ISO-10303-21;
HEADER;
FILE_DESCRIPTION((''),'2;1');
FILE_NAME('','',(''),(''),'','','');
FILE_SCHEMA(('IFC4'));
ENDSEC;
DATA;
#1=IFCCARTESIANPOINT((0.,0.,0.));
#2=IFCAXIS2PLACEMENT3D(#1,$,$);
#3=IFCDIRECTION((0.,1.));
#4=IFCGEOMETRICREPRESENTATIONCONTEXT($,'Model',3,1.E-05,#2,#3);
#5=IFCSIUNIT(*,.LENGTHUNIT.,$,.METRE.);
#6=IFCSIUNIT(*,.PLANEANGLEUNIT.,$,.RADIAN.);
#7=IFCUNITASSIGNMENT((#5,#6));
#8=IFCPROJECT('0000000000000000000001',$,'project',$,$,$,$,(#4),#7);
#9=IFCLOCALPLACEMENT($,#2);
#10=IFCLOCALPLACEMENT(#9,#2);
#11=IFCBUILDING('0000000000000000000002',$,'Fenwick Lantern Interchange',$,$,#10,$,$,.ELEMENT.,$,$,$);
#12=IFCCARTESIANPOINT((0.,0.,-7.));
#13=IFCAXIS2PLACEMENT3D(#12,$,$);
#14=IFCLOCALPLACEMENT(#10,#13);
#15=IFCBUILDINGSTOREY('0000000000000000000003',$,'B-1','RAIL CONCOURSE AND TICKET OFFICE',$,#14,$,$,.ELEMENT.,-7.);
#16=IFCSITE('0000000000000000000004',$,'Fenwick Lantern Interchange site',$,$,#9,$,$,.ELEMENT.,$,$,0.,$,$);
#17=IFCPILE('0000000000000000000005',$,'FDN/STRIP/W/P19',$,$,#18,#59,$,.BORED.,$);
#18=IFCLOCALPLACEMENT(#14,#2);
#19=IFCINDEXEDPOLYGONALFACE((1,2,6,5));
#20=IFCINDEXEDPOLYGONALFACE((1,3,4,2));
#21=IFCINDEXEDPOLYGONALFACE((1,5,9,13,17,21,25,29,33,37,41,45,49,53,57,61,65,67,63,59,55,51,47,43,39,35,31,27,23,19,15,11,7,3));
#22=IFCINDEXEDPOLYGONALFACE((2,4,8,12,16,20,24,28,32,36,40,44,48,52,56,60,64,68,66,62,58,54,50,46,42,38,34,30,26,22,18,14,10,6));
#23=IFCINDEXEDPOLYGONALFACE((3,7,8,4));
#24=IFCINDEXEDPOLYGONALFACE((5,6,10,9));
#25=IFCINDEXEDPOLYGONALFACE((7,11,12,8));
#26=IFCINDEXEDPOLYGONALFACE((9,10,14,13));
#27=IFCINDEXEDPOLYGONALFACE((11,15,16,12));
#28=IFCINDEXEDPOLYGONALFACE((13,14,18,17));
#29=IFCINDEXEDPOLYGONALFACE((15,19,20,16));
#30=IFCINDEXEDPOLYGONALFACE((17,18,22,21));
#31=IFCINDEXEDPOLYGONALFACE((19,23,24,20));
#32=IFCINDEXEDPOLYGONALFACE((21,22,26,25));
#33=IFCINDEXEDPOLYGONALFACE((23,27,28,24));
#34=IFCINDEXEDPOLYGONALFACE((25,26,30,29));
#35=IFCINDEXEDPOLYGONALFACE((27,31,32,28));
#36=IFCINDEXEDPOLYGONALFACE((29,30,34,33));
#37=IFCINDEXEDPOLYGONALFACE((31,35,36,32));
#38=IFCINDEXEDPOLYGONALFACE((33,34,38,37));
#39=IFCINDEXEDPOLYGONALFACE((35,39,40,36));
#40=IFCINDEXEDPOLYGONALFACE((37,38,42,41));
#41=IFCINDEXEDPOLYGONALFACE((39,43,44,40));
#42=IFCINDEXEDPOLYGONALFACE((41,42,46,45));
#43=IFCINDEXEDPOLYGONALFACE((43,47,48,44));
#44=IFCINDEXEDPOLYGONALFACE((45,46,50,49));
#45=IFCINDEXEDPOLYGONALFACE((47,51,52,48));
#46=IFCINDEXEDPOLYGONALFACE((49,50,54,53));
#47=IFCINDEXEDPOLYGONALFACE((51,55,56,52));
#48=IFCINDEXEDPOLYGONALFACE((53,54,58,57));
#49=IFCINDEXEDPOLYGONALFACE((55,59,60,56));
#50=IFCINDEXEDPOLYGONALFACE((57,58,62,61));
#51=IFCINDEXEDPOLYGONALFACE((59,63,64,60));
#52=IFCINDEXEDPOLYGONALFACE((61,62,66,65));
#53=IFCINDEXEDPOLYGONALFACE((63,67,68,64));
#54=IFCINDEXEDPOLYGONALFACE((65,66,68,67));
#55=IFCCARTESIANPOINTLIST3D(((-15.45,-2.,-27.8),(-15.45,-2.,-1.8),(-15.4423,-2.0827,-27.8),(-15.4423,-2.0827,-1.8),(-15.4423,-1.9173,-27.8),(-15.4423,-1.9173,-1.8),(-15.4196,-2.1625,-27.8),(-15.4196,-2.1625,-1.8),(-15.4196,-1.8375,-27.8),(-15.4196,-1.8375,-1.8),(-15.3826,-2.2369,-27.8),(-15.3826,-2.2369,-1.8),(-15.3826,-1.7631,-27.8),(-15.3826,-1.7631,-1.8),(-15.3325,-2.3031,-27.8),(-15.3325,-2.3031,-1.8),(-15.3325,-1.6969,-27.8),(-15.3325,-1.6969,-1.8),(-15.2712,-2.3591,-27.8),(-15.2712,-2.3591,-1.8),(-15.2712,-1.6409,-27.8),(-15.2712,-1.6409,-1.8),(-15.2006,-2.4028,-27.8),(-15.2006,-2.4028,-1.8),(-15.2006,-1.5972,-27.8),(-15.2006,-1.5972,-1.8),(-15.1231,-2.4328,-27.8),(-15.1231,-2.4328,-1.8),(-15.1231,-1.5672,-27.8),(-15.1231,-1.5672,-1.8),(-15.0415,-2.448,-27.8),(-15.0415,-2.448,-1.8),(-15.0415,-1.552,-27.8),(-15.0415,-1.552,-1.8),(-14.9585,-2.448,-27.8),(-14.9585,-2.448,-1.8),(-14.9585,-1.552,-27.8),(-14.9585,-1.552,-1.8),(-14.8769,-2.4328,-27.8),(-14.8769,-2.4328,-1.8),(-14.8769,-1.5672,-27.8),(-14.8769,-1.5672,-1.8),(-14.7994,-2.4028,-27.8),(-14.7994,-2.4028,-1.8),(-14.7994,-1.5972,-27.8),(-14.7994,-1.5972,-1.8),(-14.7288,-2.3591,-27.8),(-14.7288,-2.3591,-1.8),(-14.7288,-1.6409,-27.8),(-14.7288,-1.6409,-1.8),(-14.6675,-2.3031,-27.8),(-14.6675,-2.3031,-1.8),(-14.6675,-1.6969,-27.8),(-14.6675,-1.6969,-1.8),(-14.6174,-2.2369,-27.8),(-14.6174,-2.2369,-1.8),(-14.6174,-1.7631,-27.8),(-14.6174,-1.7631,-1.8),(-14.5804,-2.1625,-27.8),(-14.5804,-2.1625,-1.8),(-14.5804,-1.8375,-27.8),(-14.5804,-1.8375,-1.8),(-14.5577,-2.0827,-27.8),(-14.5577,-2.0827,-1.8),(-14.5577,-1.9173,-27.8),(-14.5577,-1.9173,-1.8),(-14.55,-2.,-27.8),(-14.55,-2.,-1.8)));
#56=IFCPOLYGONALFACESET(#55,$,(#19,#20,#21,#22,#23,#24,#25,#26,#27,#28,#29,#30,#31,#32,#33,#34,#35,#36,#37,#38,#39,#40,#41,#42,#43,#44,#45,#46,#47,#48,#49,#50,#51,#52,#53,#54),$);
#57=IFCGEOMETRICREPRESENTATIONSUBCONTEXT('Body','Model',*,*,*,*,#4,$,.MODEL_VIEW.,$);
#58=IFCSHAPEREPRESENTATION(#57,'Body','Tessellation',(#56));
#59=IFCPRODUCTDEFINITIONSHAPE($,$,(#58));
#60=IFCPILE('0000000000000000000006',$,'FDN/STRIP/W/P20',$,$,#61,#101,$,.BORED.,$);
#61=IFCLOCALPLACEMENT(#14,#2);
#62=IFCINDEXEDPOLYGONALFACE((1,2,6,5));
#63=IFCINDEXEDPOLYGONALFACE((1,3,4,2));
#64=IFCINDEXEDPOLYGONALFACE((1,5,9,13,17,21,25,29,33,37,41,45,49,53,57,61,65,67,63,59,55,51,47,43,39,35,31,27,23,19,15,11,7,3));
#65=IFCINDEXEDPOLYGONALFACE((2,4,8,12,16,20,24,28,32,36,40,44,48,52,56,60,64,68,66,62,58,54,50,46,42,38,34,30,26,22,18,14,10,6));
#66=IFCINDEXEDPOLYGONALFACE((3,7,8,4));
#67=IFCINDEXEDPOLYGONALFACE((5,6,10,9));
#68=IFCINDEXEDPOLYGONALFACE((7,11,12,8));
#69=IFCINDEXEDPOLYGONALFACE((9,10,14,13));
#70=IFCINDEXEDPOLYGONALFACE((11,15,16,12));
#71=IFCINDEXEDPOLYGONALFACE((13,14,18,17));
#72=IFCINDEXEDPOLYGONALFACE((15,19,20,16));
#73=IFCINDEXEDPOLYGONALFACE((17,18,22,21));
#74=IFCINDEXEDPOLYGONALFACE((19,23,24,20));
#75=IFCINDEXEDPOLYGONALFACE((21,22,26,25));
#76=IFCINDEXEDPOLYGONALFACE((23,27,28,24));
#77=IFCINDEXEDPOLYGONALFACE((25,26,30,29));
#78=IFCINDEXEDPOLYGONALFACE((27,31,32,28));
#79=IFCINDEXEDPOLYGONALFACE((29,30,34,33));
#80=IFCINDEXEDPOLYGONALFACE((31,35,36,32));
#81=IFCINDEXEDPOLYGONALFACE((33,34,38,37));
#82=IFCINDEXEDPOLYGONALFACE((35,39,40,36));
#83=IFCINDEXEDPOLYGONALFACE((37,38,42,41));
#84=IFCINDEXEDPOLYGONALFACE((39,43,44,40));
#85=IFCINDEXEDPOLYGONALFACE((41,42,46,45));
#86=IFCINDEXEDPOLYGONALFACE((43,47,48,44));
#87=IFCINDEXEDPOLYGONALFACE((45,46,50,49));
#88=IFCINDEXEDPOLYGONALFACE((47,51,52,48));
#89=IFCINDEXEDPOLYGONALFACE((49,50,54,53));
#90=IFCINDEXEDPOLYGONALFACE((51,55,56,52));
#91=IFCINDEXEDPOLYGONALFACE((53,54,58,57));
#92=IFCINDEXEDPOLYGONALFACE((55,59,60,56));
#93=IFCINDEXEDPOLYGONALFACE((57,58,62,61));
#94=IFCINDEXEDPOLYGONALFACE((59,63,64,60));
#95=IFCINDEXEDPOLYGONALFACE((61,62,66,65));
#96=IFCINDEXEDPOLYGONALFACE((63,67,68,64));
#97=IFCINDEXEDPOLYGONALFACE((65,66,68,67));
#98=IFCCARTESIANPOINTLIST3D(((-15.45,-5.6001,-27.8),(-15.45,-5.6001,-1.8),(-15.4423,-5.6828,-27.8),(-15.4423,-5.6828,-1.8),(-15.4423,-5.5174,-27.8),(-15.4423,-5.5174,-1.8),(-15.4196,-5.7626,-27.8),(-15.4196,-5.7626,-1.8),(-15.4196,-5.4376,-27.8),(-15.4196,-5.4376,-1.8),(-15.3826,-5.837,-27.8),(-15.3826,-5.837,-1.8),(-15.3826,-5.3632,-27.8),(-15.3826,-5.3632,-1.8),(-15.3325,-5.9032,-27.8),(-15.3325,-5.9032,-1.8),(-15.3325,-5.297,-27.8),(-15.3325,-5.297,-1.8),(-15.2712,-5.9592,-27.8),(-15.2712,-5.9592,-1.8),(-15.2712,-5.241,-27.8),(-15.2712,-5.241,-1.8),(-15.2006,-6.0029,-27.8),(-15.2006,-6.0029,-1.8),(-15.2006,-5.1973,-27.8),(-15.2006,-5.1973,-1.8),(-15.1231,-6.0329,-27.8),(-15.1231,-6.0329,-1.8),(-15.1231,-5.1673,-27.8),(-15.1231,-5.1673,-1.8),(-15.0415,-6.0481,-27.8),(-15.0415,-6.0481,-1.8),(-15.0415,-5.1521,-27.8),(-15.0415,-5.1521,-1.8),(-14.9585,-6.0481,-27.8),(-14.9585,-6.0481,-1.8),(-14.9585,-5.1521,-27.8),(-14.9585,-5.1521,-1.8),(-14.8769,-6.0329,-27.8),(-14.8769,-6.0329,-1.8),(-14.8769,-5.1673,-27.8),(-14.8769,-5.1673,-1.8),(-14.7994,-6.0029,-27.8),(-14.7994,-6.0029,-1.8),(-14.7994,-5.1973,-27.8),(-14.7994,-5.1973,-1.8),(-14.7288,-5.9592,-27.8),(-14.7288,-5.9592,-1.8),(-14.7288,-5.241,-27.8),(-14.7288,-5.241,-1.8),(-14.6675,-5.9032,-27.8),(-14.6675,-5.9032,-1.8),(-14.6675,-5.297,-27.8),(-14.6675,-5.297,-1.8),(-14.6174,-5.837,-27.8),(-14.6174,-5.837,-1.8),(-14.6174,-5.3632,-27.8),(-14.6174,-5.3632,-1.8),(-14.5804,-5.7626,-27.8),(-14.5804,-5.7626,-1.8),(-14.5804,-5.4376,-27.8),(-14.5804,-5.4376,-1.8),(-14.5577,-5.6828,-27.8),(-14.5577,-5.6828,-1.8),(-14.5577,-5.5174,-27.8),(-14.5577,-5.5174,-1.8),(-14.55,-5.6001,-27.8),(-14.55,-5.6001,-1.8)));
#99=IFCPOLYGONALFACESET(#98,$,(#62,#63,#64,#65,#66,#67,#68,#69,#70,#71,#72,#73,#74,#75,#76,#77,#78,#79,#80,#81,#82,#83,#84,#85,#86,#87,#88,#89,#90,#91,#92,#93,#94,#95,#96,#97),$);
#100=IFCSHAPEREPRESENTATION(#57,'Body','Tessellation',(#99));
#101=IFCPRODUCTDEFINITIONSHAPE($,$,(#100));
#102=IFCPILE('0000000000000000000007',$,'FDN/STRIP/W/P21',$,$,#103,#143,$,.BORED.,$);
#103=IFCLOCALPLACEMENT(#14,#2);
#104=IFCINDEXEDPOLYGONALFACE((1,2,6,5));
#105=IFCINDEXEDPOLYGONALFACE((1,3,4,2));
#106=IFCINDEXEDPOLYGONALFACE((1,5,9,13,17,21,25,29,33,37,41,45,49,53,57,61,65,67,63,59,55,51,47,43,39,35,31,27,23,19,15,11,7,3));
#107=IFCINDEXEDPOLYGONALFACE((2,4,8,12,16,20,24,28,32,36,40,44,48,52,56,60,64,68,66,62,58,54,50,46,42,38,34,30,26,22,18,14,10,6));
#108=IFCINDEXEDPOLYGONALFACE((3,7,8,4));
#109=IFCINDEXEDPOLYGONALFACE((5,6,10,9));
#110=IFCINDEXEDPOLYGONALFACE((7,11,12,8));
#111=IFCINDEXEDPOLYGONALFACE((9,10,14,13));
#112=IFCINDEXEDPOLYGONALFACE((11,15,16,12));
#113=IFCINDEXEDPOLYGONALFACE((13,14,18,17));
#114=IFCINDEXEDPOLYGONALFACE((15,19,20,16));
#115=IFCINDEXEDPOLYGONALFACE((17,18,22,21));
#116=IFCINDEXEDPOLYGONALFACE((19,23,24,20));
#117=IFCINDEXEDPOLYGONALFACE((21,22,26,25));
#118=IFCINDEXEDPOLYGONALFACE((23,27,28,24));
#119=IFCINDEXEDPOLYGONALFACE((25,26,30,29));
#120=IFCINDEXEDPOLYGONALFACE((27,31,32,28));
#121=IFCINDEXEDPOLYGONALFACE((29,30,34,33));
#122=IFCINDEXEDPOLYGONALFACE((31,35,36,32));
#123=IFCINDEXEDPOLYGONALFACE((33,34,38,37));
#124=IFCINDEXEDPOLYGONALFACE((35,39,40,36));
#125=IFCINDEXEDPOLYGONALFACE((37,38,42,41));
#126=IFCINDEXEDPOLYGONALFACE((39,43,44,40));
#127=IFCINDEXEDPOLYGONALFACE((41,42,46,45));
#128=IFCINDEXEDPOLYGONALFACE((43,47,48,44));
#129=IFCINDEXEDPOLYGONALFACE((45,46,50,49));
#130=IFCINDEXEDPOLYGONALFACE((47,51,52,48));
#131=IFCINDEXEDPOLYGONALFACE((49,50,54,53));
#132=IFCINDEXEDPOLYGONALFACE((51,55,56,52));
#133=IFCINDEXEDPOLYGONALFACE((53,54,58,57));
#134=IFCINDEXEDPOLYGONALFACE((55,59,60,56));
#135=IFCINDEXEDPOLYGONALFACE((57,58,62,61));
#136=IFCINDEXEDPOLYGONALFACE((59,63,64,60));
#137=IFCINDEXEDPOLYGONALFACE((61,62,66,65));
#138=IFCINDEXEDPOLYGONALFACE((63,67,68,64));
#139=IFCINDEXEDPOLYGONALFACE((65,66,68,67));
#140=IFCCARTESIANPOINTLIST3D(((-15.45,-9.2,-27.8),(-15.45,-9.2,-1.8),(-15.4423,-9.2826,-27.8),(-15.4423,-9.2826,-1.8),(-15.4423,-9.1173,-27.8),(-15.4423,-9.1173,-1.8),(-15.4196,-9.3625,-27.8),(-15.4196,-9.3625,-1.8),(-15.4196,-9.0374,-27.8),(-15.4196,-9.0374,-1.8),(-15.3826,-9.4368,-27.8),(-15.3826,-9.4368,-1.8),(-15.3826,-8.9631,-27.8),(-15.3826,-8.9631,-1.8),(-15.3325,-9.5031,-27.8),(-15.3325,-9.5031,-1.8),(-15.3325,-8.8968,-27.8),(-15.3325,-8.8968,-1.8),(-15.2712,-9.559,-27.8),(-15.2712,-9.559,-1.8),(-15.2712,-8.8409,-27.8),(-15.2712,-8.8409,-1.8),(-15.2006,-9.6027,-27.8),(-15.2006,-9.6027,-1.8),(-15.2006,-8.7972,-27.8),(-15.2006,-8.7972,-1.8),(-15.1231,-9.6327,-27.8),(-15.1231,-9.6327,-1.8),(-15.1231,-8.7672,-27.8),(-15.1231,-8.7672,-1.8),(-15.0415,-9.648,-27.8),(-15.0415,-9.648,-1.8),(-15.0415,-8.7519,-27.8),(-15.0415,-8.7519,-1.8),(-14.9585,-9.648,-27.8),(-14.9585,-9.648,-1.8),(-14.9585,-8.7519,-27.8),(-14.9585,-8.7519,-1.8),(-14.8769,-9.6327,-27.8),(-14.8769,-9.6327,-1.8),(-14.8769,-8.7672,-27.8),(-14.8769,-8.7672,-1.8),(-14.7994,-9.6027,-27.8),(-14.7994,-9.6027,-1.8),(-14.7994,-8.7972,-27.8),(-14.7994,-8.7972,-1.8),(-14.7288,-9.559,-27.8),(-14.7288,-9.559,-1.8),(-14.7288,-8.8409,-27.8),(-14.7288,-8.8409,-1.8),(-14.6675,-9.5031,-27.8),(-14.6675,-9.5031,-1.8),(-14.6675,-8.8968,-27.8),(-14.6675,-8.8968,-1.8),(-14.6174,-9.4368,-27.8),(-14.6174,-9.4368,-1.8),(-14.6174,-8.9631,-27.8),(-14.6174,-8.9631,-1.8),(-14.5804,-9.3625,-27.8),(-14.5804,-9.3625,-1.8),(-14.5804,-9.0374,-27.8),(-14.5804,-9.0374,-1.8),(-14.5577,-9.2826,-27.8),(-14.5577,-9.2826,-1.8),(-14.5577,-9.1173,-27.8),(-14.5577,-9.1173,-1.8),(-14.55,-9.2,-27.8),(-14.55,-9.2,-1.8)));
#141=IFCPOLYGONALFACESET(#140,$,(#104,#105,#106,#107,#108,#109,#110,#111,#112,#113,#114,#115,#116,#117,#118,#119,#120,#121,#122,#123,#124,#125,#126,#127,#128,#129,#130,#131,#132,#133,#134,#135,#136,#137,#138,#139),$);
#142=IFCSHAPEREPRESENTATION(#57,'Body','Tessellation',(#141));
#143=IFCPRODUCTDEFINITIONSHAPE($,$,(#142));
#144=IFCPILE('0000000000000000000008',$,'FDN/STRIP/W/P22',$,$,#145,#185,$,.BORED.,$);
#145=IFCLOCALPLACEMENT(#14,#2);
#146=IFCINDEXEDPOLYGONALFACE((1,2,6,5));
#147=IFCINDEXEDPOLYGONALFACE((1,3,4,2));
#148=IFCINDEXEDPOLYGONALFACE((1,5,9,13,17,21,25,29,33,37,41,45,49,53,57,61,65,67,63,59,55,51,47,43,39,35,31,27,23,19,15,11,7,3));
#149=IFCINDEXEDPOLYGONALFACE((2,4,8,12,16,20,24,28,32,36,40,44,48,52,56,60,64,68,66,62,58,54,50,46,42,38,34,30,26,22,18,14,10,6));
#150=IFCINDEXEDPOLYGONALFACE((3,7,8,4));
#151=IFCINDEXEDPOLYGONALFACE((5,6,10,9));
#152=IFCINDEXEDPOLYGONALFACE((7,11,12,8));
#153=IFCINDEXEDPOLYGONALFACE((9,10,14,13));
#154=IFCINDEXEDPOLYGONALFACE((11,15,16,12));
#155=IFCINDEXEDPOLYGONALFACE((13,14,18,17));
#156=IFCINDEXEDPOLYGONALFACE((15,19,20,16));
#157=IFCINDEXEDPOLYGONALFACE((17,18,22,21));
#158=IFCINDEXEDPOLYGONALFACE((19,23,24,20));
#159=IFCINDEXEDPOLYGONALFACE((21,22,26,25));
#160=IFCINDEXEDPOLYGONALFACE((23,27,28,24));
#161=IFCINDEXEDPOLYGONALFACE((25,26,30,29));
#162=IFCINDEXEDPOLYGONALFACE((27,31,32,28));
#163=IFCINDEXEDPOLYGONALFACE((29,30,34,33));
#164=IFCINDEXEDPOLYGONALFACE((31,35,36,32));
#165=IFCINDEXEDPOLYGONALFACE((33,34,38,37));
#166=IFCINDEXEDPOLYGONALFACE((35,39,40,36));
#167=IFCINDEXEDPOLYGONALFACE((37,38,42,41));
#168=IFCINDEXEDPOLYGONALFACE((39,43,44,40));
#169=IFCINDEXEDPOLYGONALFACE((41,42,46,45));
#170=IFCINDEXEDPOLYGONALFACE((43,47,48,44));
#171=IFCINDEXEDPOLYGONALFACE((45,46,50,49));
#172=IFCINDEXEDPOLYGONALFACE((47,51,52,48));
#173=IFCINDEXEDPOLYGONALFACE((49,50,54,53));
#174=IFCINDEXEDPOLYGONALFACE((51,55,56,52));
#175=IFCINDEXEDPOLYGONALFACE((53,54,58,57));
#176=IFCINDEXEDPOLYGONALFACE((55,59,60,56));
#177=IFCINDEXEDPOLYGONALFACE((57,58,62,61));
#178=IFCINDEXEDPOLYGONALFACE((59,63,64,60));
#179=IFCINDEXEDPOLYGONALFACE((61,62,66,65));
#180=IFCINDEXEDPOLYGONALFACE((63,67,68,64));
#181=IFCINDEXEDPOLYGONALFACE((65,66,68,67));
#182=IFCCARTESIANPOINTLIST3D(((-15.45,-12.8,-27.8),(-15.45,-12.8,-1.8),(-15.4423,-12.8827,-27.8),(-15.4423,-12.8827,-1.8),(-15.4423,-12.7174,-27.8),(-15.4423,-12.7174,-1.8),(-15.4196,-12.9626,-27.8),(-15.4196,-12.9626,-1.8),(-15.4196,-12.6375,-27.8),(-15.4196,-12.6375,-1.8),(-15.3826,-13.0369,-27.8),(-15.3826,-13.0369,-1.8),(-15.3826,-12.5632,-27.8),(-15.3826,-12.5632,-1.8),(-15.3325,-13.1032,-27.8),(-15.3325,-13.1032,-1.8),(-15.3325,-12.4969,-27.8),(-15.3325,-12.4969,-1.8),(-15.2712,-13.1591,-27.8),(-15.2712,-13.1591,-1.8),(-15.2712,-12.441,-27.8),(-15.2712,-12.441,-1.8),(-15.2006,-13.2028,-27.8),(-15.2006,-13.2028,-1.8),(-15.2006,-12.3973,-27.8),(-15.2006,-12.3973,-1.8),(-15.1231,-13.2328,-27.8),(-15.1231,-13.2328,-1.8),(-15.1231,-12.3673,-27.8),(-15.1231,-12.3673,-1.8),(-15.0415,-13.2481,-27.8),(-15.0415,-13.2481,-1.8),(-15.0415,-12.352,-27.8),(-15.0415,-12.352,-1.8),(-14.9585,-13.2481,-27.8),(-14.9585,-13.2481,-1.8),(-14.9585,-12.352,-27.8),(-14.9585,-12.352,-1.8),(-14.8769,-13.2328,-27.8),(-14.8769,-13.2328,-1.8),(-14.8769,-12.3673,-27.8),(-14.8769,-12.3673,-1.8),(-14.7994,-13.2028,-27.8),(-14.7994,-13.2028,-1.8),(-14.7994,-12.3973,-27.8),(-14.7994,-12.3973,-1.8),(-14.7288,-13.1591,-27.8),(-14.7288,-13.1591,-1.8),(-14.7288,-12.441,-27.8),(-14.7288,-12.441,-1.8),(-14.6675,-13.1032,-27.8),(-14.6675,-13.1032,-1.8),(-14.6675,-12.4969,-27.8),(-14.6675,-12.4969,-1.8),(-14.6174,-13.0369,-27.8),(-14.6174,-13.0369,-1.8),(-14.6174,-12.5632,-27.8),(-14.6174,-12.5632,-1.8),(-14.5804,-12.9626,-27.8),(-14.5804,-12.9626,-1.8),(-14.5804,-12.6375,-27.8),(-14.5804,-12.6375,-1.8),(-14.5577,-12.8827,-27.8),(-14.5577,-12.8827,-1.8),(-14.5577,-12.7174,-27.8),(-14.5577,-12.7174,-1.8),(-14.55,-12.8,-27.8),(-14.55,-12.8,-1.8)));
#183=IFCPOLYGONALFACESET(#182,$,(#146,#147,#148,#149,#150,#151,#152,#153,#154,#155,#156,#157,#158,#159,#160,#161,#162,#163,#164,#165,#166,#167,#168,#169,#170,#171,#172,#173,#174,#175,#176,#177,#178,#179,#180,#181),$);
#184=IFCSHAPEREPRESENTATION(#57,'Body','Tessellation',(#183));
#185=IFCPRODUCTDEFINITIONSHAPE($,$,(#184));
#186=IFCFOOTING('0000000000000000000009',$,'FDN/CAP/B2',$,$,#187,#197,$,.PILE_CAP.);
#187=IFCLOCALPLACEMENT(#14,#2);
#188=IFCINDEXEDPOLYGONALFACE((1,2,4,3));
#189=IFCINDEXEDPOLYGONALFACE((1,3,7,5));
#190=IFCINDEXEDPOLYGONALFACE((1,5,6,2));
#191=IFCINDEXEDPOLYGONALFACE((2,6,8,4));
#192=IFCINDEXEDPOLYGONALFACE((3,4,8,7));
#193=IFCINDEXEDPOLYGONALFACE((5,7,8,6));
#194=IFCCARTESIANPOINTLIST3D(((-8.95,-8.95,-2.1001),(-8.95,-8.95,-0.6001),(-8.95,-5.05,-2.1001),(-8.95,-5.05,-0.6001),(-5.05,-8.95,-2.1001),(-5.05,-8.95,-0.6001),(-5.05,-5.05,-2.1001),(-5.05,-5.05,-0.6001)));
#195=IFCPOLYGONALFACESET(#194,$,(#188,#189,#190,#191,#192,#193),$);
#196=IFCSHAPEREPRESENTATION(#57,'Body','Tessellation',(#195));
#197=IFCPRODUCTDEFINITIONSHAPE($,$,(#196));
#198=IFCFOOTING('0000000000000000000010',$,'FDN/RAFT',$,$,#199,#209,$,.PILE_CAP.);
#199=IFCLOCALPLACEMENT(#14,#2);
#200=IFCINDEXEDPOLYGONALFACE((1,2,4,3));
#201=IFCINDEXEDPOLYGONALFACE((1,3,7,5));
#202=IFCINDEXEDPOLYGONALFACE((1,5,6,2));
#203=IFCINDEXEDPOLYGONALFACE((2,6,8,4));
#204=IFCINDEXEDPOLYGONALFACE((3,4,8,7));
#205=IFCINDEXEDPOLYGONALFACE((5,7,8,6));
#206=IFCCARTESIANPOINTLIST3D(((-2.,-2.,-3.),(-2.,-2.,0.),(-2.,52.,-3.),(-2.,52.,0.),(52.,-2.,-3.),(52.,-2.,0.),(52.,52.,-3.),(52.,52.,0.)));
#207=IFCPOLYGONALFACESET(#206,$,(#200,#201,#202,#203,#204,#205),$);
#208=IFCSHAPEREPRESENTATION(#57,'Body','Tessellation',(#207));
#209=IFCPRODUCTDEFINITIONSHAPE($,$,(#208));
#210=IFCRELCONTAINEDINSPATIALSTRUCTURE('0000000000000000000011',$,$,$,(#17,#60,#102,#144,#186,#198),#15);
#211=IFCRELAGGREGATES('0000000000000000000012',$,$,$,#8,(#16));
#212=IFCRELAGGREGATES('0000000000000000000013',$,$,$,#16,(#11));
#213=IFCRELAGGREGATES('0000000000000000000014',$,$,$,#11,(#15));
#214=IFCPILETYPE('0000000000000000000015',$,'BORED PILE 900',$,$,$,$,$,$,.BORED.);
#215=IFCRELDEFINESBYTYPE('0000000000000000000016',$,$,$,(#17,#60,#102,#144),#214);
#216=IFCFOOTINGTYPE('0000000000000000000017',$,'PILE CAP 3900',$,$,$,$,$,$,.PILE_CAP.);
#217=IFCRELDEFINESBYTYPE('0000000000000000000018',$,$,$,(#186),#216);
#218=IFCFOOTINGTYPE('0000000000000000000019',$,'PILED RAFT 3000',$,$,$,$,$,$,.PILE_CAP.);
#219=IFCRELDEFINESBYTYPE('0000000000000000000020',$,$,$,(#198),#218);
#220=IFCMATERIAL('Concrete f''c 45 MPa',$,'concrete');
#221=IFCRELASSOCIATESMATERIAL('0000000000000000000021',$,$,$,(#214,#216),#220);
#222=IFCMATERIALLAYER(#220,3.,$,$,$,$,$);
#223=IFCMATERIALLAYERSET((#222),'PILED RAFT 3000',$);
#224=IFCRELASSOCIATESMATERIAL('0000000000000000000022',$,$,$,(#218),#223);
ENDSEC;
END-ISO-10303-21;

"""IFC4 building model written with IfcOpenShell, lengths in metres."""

from ifc_helpers import new_model, si_unit, direction, frame, origin, origin_2d, place, context, subcontext, project, spatial, polyline, rectangle, circle, outline, extrude, material, layer, layer_set, type_object, element, save


model = new_model("IFC4")

# Units and contexts
model_context = context("Model", 3, precision=1e-05, world=origin(), true_north=direction((0.0, 1.0)))
body_context = subcontext(model_context, "Body", "Model", "MODEL_VIEW")
ifc_project = project(units=[si_unit("LENGTHUNIT", "METRE"), si_unit("PLANEANGLEUNIT", "RADIAN")], contexts=[model_context])

# Site, building, storey
site_placement = place(None, origin())
site = spatial("IfcSite", under=ifc_project, at=site_placement, Name="Fenwick Lantern Interchange site", CompositionType="ELEMENT", RefElevation=0.0)
building_placement = place(site_placement, origin())
building = spatial("IfcBuilding", under=site, at=building_placement, Name="Fenwick Lantern Interchange", CompositionType="ELEMENT")
storey_placement = place(building_placement, frame((0.0, 0.0, -7.0)))
storey = spatial("IfcBuildingStorey", under=building, at=storey_placement, Name="B-1", Description="RAIL CONCOURSE AND TICKET OFFICE", CompositionType="ELEMENT", Elevation=-7.0)

# Piles
ifc_material_1 = material(Name="Concrete f'c 45 MPa", Category="concrete")
pile_type = type_object("IfcPileType", Name="BORED PILE 900", PredefinedType="BORED", material=ifc_material_1)
for number, where, z_axis, x_axis, name in (
    (1, (-15.0, -2.0, -1.8), (0.0, 0.0, -1.0), (1.0, 0.0, 0.0), "FDN/STRIP/W/P19"),
    (2, (-15.0, -5.6001, -1.8), (0.0, 0.0, -1.0), (1.0, 0.0, 0.0), "FDN/STRIP/W/P20"),
    (3, (-15.0, -9.2, -1.8), (0.0, 0.0, -1.0), (1.0, 0.0, 0.0), "FDN/STRIP/W/P21"),
    (4, (-15.0, -12.8, -1.8), (0.0, 0.0, -1.0), (1.0, 0.0, 0.0), "FDN/STRIP/W/P22"),
):
    element("IfcPile", number, at=place(storey_placement, frame(where, z_axis=z_axis, x_axis=x_axis)), inside=storey, type_object=pile_type, Name=name, PredefinedType="BORED", context=body_context, shape_type="SweptSolid", body=[
        extrude(circle(Radius=0.45, at=origin_2d()), origin(), (0.0, 0.0, 1.0), 26.0),
    ])

# Footings
footing_type_1 = type_object("IfcFootingType", Name="PILE CAP 3900", PredefinedType="PILE_CAP", material=ifc_material_1)
footing_1_placement = place(storey_placement, frame((-7.0, -7.0, -2.1001), z_axis=(0.0, 0.0, 1.0), x_axis=(1.0, 0.0, 0.0)))
element("IfcFooting", 5, at=footing_1_placement, inside=storey, type_object=footing_type_1, Name="FDN/CAP/B2", PredefinedType="PILE_CAP", context=body_context, shape_type="SweptSolid", body=[
    extrude(rectangle(XDim=3.8999, YDim=3.8999, at=origin_2d()), origin(), (0.0, 0.0, 1.0), 1.5),
])
ifc_layer_1 = layer(ifc_material_1, 3.0)
ifc_layer_set_1 = layer_set([ifc_layer_1], Name="PILED RAFT 3000")
footing_type_2 = type_object("IfcFootingType", Name="PILED RAFT 3000", PredefinedType="PILE_CAP", material=ifc_layer_set_1)
footing_2_placement = place(storey_placement, frame((0.0, 0.0, -3.0)))
element("IfcFooting", 6, at=footing_2_placement, inside=storey, type_object=footing_type_2, Name="FDN/RAFT", PredefinedType="PILE_CAP", context=body_context, shape_type="SweptSolid", body=[
    extrude(outline(polyline([(-2.0, -2.0), (52.0, -2.0), (52.0, 52.0), (-2.0, 52.0), (-2.0, -2.0)])), origin(), (0.0, 0.0, 1.0), 3.0),
])

save(model, "model.ifc")
